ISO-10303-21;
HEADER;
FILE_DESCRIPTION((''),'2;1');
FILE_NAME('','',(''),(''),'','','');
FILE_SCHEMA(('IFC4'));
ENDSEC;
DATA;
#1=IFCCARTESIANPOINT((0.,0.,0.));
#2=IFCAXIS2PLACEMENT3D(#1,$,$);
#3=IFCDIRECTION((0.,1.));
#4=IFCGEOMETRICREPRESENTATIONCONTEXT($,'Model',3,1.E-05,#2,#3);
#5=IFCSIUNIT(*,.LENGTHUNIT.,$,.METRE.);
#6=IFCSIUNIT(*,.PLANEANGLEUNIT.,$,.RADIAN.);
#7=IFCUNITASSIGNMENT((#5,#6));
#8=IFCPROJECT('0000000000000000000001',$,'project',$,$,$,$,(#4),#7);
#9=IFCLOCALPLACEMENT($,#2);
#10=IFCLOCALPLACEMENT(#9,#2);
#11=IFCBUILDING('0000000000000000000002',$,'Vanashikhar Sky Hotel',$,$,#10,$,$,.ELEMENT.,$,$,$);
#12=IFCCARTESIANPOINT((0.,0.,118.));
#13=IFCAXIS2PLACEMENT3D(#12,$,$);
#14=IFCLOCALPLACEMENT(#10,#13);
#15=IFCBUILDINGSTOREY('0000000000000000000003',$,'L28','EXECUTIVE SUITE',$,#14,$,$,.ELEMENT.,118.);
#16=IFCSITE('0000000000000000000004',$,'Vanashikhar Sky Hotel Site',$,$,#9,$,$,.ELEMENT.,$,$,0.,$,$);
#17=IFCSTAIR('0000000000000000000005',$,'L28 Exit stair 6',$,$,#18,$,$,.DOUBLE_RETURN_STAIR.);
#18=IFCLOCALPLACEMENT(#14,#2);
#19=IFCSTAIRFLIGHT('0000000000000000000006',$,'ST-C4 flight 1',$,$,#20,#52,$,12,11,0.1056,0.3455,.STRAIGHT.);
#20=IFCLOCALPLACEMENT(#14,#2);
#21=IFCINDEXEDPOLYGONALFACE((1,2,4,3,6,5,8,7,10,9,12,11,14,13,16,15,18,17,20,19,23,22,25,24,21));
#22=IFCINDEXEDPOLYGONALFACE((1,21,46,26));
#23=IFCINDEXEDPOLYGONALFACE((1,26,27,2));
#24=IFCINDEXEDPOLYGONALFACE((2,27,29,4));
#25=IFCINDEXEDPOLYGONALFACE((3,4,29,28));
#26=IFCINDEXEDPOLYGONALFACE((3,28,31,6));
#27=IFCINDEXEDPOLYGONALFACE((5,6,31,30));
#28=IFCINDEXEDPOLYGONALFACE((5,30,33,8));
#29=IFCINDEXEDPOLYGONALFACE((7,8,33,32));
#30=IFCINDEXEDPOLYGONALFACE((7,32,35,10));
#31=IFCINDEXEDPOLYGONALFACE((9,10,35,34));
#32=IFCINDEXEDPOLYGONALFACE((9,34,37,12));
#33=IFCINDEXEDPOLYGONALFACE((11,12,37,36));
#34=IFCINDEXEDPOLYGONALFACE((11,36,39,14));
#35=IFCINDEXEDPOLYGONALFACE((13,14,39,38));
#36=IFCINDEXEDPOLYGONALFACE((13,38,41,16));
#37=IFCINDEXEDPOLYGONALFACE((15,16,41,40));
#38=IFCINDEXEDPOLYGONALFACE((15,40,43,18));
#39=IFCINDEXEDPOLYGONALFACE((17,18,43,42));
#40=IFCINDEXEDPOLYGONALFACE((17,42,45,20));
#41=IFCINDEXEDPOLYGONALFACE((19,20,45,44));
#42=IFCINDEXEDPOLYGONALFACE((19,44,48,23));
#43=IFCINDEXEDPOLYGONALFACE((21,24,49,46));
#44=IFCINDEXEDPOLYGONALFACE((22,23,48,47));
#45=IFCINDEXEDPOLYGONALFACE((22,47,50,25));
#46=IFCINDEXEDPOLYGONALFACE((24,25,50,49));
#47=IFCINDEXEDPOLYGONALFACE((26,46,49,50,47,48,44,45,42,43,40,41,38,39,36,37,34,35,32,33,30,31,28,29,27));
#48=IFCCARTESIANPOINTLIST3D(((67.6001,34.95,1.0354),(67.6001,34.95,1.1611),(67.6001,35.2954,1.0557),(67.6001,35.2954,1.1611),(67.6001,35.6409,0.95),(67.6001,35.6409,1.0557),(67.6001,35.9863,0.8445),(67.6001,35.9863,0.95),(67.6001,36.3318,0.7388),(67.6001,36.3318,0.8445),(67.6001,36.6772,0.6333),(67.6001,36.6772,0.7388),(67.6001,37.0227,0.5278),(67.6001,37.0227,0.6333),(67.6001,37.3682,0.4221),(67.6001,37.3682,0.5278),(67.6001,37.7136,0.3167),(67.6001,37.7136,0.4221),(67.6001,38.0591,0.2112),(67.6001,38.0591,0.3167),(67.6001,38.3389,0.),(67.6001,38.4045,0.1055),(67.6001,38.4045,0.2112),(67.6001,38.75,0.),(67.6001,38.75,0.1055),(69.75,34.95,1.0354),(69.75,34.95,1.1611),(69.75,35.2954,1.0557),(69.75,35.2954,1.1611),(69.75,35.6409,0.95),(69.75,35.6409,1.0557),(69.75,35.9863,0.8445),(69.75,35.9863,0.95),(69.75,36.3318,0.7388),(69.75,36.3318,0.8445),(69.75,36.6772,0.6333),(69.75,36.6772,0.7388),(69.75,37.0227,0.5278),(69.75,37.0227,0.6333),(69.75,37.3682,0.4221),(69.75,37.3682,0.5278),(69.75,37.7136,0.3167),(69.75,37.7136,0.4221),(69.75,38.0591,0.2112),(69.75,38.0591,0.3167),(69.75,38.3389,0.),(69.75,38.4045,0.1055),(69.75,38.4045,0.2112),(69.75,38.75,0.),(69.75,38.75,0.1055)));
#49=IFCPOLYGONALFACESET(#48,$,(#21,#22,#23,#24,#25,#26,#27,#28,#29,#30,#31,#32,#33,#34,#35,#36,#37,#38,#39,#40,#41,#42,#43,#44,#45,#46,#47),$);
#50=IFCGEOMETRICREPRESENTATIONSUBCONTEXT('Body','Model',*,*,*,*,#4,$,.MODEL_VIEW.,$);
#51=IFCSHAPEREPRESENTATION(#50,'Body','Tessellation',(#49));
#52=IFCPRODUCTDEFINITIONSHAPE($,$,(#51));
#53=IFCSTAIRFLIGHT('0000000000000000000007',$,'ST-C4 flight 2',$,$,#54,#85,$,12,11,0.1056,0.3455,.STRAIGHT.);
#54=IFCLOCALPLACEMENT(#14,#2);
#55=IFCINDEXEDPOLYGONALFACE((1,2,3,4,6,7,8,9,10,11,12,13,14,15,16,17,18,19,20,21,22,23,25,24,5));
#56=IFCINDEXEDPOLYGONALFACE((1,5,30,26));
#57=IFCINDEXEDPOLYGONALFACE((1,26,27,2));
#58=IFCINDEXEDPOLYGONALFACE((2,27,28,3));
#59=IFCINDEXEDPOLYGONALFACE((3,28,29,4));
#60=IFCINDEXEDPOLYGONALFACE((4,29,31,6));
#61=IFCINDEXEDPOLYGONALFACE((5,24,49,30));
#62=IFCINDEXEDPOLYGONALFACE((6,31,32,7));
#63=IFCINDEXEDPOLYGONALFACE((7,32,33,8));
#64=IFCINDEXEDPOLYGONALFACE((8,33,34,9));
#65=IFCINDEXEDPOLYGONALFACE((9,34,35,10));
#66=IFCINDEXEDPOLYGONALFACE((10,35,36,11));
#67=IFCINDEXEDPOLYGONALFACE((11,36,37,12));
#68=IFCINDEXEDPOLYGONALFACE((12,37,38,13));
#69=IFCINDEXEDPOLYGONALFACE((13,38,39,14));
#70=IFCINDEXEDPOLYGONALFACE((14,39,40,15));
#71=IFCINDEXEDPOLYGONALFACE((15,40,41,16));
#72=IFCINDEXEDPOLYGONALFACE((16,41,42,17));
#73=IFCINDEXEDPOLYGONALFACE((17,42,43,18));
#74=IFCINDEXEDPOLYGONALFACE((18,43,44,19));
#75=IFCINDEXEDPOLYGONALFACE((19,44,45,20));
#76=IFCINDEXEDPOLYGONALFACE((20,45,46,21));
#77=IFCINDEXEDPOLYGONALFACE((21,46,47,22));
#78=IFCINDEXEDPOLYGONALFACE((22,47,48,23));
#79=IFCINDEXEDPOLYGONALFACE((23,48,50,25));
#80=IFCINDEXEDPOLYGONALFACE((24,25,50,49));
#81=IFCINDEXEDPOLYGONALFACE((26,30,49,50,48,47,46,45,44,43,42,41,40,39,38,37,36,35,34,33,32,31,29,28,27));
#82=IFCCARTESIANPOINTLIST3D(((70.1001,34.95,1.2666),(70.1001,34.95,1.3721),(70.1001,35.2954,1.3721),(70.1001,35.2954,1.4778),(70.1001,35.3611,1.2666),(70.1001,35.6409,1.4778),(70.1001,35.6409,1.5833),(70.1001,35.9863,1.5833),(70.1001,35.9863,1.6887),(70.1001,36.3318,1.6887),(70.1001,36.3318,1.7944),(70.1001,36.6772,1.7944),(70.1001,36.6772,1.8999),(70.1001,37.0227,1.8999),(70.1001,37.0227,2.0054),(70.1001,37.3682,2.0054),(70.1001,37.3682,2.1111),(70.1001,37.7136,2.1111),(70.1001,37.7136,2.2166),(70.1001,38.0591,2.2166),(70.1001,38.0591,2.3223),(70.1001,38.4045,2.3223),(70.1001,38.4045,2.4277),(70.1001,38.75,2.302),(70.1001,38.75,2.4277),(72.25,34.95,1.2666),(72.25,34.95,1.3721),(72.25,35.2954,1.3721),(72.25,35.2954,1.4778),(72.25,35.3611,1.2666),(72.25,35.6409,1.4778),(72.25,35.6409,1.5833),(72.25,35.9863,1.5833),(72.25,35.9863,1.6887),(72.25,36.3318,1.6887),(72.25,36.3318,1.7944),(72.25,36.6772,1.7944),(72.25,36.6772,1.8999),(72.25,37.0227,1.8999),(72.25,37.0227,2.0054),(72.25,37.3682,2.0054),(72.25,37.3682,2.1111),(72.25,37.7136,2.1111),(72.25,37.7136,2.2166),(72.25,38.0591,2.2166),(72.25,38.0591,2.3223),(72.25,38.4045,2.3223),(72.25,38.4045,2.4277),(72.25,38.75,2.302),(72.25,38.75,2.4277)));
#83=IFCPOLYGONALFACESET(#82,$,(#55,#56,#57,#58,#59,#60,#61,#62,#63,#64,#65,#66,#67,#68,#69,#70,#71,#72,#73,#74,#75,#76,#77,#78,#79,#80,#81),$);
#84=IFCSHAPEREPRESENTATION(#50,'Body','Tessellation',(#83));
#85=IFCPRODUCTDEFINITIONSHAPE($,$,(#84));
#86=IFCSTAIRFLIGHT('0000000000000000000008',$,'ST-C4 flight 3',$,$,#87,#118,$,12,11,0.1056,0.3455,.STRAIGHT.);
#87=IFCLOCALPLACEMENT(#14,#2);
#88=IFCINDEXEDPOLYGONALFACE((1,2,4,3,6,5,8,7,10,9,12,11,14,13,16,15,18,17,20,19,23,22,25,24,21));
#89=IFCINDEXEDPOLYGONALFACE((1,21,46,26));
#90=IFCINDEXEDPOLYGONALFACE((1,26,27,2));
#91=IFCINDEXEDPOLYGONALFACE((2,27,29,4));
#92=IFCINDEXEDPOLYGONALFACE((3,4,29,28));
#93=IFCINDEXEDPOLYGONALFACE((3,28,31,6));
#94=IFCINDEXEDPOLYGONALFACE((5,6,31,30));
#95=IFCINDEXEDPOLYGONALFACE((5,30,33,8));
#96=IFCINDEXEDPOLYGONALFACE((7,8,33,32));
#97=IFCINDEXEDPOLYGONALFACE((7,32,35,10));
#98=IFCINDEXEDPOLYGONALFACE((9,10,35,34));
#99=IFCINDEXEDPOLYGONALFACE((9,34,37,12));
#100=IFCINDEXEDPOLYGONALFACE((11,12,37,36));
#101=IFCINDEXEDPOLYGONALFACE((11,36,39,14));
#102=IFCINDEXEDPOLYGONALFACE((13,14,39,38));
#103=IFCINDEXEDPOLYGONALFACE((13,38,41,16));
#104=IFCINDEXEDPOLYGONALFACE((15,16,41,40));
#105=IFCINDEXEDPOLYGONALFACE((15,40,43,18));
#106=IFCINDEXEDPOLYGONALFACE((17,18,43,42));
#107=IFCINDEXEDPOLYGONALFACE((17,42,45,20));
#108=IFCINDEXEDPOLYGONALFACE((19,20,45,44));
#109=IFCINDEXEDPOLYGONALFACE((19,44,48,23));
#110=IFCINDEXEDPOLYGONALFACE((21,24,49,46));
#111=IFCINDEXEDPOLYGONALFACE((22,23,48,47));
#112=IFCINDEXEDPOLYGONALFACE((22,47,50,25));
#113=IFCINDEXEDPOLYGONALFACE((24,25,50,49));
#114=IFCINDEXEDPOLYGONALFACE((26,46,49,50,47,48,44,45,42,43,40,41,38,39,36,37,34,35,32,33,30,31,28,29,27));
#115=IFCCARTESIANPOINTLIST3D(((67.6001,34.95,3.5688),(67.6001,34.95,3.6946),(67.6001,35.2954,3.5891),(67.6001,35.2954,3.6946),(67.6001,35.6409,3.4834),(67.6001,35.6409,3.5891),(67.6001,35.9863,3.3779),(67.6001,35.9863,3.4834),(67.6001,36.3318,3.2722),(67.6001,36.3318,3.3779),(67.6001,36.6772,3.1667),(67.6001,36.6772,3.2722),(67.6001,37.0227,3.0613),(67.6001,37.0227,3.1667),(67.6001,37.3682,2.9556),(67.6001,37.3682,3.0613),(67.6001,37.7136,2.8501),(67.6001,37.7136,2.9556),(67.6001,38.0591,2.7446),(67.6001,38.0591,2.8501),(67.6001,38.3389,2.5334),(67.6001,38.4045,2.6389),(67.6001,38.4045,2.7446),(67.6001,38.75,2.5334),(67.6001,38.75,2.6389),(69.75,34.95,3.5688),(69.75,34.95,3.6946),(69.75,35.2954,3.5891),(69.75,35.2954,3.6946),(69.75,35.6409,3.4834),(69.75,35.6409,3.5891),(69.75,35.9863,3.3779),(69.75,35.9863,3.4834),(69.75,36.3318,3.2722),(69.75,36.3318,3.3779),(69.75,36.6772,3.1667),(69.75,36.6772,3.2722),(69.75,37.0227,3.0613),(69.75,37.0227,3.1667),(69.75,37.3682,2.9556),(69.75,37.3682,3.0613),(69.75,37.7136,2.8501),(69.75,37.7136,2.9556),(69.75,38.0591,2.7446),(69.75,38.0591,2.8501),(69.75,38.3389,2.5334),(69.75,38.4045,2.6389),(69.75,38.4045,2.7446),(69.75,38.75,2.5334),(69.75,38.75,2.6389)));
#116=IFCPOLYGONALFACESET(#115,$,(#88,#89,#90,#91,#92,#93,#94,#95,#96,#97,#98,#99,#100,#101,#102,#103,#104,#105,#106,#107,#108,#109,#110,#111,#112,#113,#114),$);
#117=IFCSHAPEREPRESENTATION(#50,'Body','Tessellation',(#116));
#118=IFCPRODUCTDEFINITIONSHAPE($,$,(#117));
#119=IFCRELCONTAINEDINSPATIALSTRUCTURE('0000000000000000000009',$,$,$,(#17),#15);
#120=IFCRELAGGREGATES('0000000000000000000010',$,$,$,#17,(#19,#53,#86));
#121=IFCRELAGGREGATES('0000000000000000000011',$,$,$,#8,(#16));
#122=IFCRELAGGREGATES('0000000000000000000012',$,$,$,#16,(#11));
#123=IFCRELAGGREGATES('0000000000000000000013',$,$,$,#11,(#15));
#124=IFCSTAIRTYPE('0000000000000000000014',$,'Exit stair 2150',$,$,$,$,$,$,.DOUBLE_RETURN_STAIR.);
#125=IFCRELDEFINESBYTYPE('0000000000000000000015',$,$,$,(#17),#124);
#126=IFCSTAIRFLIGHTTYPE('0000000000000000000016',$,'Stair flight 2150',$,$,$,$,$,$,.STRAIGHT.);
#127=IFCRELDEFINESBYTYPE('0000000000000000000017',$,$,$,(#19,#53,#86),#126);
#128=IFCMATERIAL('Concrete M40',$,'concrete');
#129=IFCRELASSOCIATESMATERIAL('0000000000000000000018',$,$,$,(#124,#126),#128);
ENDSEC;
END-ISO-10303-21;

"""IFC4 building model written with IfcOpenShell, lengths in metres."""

from ifc_helpers import new_model, si_unit, direction, frame, origin, place, context, subcontext, project, spatial, polyline, outline, extrude, source, transform, mapped, material, type_object, element, aggregate, save


model = new_model("IFC4")

# Units and contexts
model_context = context("Model", 3, precision=1e-05, world=origin(), true_north=direction((0.0, 1.0)))
body_context = subcontext(model_context, "Body", "Model", "MODEL_VIEW")
ifc_project = project(units=[si_unit("LENGTHUNIT", "METRE"), si_unit("PLANEANGLEUNIT", "RADIAN")], contexts=[model_context])

# Site, building, storey
site_placement = place(None, origin())
site = spatial("IfcSite", under=ifc_project, at=site_placement, Name="Vanashikhar Sky Hotel Site", CompositionType="ELEMENT", RefElevation=0.0)
building_placement = place(site_placement, origin())
building = spatial("IfcBuilding", under=site, at=building_placement, Name="Vanashikhar Sky Hotel", CompositionType="ELEMENT")
storey_placement = place(building_placement, frame((0.0, 0.0, 118.0)))
storey = spatial("IfcBuildingStorey", under=building, at=storey_placement, Name="L28", Description="EXECUTIVE SUITE", CompositionType="ELEMENT", Elevation=118.0)

# Shared definitions
ifc_material_1 = material(Name="Concrete M40", Category="concrete")

# Stair, stair flights
stair_type = type_object("IfcStairType", Name="Exit stair 2150", PredefinedType="DOUBLE_RETURN_STAIR", material=ifc_material_1)
stair_flight_type = type_object("IfcStairFlightType", Name="Stair flight 2150", PredefinedType="STRAIGHT", material=ifc_material_1)
shared_shape_1 = source(origin(), body_context, "Body", "SweptSolid", [
    extrude(outline(polyline([(0.0, 0.0), (0.0, 0.1055), (0.3455, 0.1055), (0.3455, 0.2112), (0.6909, 0.2112), (0.6909, 0.3167), (1.0364, 0.3167), (1.0364, 0.4221), (1.3818, 0.4221), (1.3818, 0.5278), (1.7273, 0.5278), (1.7273, 0.6333), (2.0728, 0.6333), (2.0728, 0.7388), (2.4182, 0.7388), (2.4182, 0.8445), (2.7637, 0.8445), (2.7637, 0.95), (3.1091, 0.95), (3.1091, 1.0557), (3.4546, 1.0557), (3.4546, 1.1611), (3.8, 1.1611), (3.8, 1.2666), (3.8, 1.0354), (0.4111, 0.0), (0.0, 0.0)])), frame((0.0, 1.075, 0.0), z_axis=(0.0, -1.0, 0.0), x_axis=(1.0, 0.0, 0.0)), (0.0, 0.0, 1.0), 2.1499),
])
stair_1_placement = place(storey_placement, origin())
stair_1 = element("IfcStair", 1, at=stair_1_placement, inside=storey, type_object=stair_type, Name="L28 Exit stair 6", PredefinedType="DOUBLE_RETURN_STAIR")
stair_flight_1_placement = place(storey_placement, frame((68.675, 38.75, 0.0), z_axis=(0.0, 0.0, 1.0), x_axis=(0.0, -1.0, 0.0)))
stair_flight_1 = element("IfcStairFlight", 2, at=stair_flight_1_placement, type_object=stair_flight_type, Name="ST-C4 flight 1", NumberOfRisers=12, NumberOfTreads=11, PredefinedType="STRAIGHT", RiserHeight=0.1056, TreadLength=0.3455, context=body_context, shape_type="MappedRepresentation", body=[
    mapped(shared_shape_1, transform((0.0, 0.0, 0.0), scale=1.0)),
])
stair_flight_2_placement = place(storey_placement, frame((71.175, 34.95, 1.2666), z_axis=(0.0, 0.0, 1.0), x_axis=(0.0, 1.0, 0.0)))
stair_flight_2 = element("IfcStairFlight", 3, at=stair_flight_2_placement, type_object=stair_flight_type, Name="ST-C4 flight 2", NumberOfRisers=12, NumberOfTreads=11, PredefinedType="STRAIGHT", RiserHeight=0.1056, TreadLength=0.3455, context=body_context, shape_type="MappedRepresentation", body=[
    mapped(shared_shape_1, transform((0.0, 0.0, 0.0), scale=1.0)),
])
stair_flight_3_placement = place(storey_placement, frame((68.675, 38.75, 2.5334), z_axis=(0.0, 0.0, 1.0), x_axis=(0.0, -1.0, 0.0)))
stair_flight_3 = element("IfcStairFlight", 4, at=stair_flight_3_placement, type_object=stair_flight_type, Name="ST-C4 flight 3", NumberOfRisers=12, NumberOfTreads=11, PredefinedType="STRAIGHT", RiserHeight=0.1056, TreadLength=0.3455, context=body_context, shape_type="MappedRepresentation", body=[
    mapped(shared_shape_1, transform((0.0, 0.0, 0.0), scale=1.0)),
])
aggregate(stair_1, [stair_flight_1, stair_flight_2, stair_flight_3])

save(model, "model.ifc")
